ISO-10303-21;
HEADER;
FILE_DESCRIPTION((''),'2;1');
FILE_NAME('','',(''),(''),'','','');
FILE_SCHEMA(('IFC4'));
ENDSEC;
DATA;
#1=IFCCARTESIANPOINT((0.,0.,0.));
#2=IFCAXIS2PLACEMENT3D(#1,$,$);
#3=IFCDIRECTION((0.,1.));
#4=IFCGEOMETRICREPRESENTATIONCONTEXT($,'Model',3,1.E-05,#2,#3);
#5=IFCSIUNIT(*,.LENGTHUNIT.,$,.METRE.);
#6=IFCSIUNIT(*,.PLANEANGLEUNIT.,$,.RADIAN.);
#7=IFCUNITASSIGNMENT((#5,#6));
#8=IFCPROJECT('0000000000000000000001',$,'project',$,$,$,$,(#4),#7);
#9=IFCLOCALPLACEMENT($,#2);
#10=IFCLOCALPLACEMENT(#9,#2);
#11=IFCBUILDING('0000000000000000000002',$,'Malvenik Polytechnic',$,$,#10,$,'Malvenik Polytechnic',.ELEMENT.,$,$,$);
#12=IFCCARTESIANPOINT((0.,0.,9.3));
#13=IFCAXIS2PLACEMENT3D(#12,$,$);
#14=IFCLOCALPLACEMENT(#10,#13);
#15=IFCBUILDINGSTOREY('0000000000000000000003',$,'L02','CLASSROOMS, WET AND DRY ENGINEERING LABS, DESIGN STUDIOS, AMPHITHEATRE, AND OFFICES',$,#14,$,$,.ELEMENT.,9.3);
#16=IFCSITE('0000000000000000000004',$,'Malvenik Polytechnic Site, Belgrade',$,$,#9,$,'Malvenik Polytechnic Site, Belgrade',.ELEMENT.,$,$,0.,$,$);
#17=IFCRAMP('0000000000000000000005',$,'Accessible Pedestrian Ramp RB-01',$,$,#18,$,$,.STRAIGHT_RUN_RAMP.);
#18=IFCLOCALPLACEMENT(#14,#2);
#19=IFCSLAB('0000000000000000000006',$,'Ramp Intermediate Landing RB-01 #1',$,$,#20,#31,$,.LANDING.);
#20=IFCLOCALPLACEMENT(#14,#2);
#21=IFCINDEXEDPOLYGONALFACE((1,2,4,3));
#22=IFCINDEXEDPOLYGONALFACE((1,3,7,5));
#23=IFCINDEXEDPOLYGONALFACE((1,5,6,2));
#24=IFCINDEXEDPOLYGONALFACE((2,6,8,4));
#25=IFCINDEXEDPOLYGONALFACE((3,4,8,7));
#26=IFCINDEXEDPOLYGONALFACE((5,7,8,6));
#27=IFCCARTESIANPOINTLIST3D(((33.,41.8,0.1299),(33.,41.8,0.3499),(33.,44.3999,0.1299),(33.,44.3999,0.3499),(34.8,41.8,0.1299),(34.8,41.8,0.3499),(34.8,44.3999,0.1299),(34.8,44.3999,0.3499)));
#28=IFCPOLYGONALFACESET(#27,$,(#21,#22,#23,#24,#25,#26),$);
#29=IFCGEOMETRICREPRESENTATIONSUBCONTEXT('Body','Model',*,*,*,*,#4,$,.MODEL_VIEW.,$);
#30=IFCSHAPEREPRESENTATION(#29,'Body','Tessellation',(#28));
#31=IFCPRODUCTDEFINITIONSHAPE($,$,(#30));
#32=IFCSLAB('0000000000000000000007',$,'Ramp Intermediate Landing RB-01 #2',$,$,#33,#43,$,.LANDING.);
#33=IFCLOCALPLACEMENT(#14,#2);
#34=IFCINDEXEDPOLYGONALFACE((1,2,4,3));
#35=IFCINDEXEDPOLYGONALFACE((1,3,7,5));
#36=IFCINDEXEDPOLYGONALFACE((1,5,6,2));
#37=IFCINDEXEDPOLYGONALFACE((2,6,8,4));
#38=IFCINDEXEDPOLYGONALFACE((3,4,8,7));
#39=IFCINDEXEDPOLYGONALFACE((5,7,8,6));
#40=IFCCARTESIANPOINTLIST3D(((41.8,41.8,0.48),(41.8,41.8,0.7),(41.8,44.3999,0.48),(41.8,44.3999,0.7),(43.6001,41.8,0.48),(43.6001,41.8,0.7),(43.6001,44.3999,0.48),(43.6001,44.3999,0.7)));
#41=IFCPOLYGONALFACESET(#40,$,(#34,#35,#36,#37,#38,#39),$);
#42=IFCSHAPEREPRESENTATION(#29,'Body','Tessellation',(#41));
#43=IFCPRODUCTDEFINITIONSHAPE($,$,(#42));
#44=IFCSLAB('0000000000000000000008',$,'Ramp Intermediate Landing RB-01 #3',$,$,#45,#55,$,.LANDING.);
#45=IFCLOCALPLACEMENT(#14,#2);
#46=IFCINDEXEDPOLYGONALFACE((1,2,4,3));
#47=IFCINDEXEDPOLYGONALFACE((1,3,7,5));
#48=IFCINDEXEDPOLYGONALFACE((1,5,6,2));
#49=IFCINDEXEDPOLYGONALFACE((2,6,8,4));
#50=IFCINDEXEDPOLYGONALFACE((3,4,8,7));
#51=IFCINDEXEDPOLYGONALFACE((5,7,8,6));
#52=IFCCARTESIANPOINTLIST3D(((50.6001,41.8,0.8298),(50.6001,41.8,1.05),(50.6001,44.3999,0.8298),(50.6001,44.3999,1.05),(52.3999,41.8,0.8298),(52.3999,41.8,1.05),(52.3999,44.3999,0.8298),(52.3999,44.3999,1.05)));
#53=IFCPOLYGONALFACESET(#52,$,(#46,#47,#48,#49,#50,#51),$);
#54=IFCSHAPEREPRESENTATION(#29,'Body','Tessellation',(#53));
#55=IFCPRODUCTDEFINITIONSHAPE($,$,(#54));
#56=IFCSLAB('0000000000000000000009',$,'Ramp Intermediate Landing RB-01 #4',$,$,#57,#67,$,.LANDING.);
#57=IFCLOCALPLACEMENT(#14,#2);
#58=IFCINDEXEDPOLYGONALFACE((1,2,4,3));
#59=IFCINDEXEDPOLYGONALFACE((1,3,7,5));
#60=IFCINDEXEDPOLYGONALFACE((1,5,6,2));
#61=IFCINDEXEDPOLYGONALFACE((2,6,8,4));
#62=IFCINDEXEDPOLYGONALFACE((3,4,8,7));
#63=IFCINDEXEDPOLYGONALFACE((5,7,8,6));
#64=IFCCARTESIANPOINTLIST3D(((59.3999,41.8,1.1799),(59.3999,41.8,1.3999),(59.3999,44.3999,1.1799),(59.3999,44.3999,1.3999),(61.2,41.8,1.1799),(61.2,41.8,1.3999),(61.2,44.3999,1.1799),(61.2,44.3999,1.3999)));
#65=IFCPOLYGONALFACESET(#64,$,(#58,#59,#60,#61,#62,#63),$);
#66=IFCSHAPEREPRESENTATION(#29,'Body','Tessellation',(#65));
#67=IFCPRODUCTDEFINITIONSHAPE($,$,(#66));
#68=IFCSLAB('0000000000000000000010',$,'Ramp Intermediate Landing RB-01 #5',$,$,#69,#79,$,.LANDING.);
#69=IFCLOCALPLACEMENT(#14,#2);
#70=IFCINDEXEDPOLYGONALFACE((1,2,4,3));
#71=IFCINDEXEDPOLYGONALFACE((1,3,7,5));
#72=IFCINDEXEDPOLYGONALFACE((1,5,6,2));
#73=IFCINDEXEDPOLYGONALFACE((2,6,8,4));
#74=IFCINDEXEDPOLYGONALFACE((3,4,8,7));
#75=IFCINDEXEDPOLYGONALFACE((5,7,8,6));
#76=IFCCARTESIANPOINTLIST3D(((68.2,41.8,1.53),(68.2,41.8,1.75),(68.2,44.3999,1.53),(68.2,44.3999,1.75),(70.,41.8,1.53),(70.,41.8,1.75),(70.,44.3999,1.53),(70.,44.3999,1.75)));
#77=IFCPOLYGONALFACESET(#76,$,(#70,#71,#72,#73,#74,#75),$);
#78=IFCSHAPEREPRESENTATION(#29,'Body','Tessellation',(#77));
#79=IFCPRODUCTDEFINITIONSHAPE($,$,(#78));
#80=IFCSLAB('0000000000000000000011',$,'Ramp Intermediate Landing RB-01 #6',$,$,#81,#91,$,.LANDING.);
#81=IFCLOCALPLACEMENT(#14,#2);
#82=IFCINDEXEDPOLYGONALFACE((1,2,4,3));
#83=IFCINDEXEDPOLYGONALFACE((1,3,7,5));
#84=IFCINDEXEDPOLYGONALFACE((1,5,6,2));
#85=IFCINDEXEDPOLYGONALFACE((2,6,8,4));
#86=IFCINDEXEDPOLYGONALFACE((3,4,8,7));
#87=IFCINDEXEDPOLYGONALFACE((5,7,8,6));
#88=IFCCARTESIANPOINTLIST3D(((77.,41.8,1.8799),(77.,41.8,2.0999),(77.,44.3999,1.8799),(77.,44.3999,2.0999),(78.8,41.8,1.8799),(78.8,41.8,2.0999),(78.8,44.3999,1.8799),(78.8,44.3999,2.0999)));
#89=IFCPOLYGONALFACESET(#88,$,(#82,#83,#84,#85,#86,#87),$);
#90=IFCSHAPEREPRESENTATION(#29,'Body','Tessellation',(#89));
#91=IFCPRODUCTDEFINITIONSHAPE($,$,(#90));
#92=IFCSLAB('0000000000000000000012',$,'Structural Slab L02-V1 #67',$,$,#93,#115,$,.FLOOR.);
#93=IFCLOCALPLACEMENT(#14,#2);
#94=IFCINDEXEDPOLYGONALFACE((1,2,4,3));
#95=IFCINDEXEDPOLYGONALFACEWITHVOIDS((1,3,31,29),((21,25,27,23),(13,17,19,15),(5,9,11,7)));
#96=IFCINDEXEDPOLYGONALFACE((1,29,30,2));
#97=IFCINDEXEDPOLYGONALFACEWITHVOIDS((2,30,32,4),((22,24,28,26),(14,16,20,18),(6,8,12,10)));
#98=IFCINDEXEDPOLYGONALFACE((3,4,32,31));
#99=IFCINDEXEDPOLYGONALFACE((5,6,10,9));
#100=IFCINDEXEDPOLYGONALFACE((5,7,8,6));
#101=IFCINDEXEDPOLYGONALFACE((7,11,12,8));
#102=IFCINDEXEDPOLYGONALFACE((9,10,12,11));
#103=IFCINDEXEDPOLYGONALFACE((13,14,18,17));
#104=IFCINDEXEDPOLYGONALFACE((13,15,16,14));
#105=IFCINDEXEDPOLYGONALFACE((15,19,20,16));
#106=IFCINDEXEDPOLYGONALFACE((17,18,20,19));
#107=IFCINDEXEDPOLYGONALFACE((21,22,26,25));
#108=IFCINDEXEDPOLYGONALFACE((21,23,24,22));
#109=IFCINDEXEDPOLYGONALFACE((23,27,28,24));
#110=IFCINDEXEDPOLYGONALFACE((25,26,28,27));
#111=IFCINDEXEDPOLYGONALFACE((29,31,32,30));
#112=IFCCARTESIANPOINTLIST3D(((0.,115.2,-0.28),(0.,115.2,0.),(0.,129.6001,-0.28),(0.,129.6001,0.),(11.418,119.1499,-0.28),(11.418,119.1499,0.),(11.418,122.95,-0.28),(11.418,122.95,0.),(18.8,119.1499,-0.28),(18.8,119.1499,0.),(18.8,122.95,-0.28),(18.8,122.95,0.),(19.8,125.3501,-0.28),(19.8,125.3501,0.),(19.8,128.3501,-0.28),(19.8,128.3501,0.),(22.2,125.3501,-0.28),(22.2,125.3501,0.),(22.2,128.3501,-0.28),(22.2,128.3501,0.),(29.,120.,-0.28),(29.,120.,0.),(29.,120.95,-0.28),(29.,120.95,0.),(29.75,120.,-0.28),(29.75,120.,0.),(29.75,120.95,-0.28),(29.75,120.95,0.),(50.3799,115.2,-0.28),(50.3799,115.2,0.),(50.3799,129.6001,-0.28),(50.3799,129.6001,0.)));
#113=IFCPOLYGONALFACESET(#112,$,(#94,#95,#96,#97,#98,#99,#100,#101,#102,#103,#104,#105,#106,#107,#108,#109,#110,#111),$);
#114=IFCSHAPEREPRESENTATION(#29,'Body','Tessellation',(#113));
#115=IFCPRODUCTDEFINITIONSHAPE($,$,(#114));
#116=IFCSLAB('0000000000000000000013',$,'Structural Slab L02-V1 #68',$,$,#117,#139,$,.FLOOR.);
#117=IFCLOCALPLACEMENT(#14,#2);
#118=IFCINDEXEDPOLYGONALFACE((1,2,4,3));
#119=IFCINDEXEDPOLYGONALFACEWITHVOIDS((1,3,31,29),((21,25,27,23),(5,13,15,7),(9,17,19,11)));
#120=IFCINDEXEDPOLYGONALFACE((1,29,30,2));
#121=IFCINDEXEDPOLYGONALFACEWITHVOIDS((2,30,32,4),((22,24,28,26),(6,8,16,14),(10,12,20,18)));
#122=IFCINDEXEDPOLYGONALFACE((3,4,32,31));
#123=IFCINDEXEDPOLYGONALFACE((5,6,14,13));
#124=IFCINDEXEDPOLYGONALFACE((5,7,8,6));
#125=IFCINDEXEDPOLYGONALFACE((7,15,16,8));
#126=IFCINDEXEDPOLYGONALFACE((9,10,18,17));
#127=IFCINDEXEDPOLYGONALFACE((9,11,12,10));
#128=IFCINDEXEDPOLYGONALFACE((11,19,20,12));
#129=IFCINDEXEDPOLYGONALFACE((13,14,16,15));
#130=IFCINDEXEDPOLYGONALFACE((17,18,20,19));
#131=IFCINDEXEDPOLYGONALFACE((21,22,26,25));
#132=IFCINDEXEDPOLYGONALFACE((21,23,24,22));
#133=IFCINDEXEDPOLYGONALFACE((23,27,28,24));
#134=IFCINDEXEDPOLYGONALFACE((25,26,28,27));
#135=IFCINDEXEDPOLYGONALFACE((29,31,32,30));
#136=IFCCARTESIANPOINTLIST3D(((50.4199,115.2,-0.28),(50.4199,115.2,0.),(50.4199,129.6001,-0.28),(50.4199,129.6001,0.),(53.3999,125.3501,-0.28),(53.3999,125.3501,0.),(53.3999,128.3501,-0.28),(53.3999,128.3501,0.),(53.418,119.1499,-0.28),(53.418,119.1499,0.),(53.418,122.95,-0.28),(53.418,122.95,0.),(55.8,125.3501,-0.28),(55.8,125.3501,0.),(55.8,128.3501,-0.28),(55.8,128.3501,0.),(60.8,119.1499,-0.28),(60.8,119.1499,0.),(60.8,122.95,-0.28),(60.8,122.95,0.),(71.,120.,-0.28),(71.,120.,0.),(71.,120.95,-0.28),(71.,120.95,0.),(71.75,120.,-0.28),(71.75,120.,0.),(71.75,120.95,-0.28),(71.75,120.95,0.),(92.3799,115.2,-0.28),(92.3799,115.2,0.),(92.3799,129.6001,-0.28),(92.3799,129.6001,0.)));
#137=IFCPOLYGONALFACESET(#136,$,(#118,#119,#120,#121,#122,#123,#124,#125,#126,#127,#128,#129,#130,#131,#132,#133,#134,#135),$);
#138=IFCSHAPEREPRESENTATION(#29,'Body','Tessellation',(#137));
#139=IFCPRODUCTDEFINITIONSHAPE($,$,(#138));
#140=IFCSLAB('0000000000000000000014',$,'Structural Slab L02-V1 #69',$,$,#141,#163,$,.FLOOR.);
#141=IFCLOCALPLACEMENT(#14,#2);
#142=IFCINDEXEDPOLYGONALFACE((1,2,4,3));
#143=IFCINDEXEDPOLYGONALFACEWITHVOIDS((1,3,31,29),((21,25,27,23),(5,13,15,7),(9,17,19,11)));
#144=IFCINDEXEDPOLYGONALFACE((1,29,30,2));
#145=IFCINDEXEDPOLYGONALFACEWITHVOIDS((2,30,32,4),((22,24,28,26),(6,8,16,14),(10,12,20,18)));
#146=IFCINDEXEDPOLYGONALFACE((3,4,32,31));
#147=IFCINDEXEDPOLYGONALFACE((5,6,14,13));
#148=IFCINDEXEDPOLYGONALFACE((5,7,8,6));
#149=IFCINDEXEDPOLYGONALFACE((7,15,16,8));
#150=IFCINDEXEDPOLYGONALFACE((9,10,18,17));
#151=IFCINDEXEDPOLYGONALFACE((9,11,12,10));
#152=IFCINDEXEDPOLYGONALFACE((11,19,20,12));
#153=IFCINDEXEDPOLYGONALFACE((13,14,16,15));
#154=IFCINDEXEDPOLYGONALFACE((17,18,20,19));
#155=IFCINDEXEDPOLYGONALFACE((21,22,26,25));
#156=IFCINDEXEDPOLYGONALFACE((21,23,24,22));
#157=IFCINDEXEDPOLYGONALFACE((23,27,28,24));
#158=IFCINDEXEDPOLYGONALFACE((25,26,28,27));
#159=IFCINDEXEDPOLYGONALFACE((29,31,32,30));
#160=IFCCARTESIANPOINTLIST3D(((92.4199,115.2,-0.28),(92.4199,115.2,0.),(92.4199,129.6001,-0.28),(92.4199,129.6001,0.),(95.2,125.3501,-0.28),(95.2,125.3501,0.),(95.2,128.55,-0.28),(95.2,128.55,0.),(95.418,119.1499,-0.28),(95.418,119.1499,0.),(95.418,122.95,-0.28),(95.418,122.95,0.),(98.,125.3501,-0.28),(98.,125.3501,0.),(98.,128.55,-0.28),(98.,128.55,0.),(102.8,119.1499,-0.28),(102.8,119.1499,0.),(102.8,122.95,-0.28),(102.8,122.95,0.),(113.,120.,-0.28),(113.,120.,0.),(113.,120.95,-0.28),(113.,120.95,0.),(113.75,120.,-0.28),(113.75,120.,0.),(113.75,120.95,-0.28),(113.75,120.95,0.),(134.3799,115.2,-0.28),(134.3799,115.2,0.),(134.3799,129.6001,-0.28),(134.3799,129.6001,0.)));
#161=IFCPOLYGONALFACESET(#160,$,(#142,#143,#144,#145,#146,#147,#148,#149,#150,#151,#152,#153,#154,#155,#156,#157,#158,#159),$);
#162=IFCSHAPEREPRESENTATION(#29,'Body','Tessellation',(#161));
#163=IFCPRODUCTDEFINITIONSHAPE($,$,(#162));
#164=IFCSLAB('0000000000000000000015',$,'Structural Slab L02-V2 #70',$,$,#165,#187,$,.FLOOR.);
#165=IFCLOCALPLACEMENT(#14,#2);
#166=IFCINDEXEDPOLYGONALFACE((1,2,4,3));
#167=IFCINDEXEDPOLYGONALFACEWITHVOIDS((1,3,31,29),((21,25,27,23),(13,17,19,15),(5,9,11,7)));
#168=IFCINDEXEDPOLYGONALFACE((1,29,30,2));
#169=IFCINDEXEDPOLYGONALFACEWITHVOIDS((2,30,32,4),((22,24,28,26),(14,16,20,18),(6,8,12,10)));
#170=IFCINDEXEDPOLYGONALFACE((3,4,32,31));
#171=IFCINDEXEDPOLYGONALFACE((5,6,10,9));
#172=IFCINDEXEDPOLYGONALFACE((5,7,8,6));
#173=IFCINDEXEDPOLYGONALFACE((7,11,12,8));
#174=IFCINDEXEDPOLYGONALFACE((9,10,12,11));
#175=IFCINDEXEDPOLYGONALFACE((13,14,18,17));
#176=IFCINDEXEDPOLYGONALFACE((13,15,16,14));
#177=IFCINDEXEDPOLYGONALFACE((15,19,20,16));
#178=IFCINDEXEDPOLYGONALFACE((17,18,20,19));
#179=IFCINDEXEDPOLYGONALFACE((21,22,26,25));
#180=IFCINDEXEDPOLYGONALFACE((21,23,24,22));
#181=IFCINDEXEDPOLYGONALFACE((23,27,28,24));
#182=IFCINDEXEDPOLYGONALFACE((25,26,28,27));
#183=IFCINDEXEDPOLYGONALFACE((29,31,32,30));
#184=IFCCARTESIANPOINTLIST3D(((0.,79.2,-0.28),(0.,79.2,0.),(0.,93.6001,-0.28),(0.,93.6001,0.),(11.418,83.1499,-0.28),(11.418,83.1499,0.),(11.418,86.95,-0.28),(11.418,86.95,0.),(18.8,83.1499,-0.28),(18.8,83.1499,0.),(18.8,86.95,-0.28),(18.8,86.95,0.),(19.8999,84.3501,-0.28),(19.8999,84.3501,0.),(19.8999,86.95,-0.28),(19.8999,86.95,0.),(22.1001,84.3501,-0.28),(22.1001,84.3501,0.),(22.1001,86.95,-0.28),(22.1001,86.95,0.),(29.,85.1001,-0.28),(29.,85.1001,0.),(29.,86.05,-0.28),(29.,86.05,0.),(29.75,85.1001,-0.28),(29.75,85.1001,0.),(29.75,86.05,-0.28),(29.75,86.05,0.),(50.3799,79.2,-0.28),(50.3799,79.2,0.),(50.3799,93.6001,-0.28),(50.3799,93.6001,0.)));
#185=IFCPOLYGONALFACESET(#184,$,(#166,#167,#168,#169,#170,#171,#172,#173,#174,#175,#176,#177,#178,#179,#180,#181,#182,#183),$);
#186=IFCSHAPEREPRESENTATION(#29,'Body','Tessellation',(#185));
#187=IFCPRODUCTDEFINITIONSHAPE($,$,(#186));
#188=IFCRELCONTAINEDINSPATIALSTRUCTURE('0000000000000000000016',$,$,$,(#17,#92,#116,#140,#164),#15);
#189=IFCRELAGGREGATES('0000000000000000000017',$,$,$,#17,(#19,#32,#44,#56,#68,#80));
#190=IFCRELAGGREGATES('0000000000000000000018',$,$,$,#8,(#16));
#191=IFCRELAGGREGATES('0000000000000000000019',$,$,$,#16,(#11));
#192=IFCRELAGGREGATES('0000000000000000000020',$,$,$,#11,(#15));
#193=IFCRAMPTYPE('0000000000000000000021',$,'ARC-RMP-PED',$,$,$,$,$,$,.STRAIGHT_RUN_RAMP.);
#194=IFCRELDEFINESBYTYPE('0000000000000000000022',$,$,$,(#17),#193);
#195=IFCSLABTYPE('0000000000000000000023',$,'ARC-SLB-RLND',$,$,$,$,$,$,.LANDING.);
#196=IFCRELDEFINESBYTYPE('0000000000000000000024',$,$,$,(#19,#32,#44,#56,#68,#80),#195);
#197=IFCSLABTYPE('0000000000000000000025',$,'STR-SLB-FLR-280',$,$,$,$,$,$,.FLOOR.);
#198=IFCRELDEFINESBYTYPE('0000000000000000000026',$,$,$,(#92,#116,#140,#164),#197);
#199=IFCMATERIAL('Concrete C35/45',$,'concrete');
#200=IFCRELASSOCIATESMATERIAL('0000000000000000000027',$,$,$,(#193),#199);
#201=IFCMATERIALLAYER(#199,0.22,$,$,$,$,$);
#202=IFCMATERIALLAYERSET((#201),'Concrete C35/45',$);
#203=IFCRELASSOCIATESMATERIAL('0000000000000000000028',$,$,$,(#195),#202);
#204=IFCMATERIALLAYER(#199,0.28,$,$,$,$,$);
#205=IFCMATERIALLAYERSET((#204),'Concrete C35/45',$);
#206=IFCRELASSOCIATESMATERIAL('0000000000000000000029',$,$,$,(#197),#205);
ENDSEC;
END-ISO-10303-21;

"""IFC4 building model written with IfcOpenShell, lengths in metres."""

from ifc_helpers import new_model, si_unit, direction, frame, origin, place, context, subcontext, project, spatial, polyline, outline, extrude, material, layer, layer_set, type_object, element, aggregate, save


model = new_model("IFC4")

# Units and contexts
model_context = context("Model", 3, precision=1e-05, world=origin(), true_north=direction((0.0, 1.0)))
body_context = subcontext(model_context, "Body", "Model", "MODEL_VIEW")
ifc_project = project(units=[si_unit("LENGTHUNIT", "METRE"), si_unit("PLANEANGLEUNIT", "RADIAN")], contexts=[model_context])

# Site, building, storey
site_placement = place(None, origin())
site = spatial("IfcSite", under=ifc_project, at=site_placement, Name="Malvenik Polytechnic Site, Belgrade", LongName="Malvenik Polytechnic Site, Belgrade", CompositionType="ELEMENT", RefElevation=0.0)
building_placement = place(site_placement, origin())
building = spatial("IfcBuilding", under=site, at=building_placement, Name="Malvenik Polytechnic", LongName="Malvenik Polytechnic", CompositionType="ELEMENT")
storey_placement = place(building_placement, frame((0.0, 0.0, 9.3)))
storey = spatial("IfcBuildingStorey", under=building, at=storey_placement, Name="L02", Description="CLASSROOMS, WET AND DRY ENGINEERING LABS, DESIGN STUDIOS, AMPHITHEATRE, AND OFFICES", CompositionType="ELEMENT", Elevation=9.3)

# Ramp, slabs
ifc_material = material(Name="Concrete C35/45", Category="concrete")
ramp_type = type_object("IfcRampType", Name="ARC-RMP-PED", PredefinedType="STRAIGHT_RUN_RAMP", material=ifc_material)
ramp_placement = place(storey_placement, origin())
ramp = element("IfcRamp", 1, at=ramp_placement, inside=storey, type_object=ramp_type, Name="Accessible Pedestrian Ramp RB-01", PredefinedType="STRAIGHT_RUN_RAMP")
ifc_layer_1 = layer(ifc_material, 0.22)
ifc_layer_set_1 = layer_set([ifc_layer_1], Name="Concrete C35/45")
slab_type_1 = type_object("IfcSlabType", Name="ARC-SLB-RLND", PredefinedType="LANDING", material=ifc_layer_set_1)
slab_1_placement = place(storey_placement, frame((0.0, 0.0, 0.1299)))
slab_1 = element("IfcSlab", 2, at=slab_1_placement, type_object=slab_type_1, Name="Ramp Intermediate Landing RB-01 #1", PredefinedType="LANDING", context=body_context, shape_type="SweptSolid", body=[
    extrude(outline(polyline([(33.0, 41.8), (34.8, 41.8), (34.8, 44.3999), (33.0, 44.3999), (33.0, 41.8)])), origin(), (0.0, 0.0, 1.0), 0.22),
])
slab_2_placement = place(storey_placement, frame((0.0, 0.0, 0.48)))
slab_2 = element("IfcSlab", 3, at=slab_2_placement, type_object=slab_type_1, Name="Ramp Intermediate Landing RB-01 #2", PredefinedType="LANDING", context=body_context, shape_type="SweptSolid", body=[
    extrude(outline(polyline([(41.8, 41.8), (43.6001, 41.8), (43.6001, 44.3999), (41.8, 44.3999), (41.8, 41.8)])), origin(), (0.0, 0.0, 1.0), 0.22),
])
slab_3_placement = place(storey_placement, frame((0.0, 0.0, 0.8298)))
slab_3 = element("IfcSlab", 4, at=slab_3_placement, type_object=slab_type_1, Name="Ramp Intermediate Landing RB-01 #3", PredefinedType="LANDING", context=body_context, shape_type="SweptSolid", body=[
    extrude(outline(polyline([(50.6001, 41.8), (52.3999, 41.8), (52.3999, 44.3999), (50.6001, 44.3999), (50.6001, 41.8)])), origin(), (0.0, 0.0, 1.0), 0.2202),
])
slab_4_placement = place(storey_placement, frame((0.0, 0.0, 1.1799)))
slab_4 = element("IfcSlab", 5, at=slab_4_placement, type_object=slab_type_1, Name="Ramp Intermediate Landing RB-01 #4", PredefinedType="LANDING", context=body_context, shape_type="SweptSolid", body=[
    extrude(outline(polyline([(59.3999, 41.8), (61.2, 41.8), (61.2, 44.3999), (59.3999, 44.3999), (59.3999, 41.8)])), origin(), (0.0, 0.0, 1.0), 0.22),
])
slab_5_placement = place(storey_placement, frame((0.0, 0.0, 1.53)))
slab_5 = element("IfcSlab", 6, at=slab_5_placement, type_object=slab_type_1, Name="Ramp Intermediate Landing RB-01 #5", PredefinedType="LANDING", context=body_context, shape_type="SweptSolid", body=[
    extrude(outline(polyline([(68.2, 41.8), (70.0, 41.8), (70.0, 44.3999), (68.2, 44.3999), (68.2, 41.8)])), origin(), (0.0, 0.0, 1.0), 0.22),
])
slab_6_placement = place(storey_placement, frame((0.0, 0.0, 1.8799)))
slab_6 = element("IfcSlab", 7, at=slab_6_placement, type_object=slab_type_1, Name="Ramp Intermediate Landing RB-01 #6", PredefinedType="LANDING", context=body_context, shape_type="SweptSolid", body=[
    extrude(outline(polyline([(77.0, 41.8), (78.8, 41.8), (78.8, 44.3999), (77.0, 44.3999), (77.0, 41.8)])), origin(), (0.0, 0.0, 1.0), 0.22),
])
aggregate(ramp, [slab_1, slab_2, slab_3, slab_4, slab_5, slab_6])

# Slabs
ifc_layer_2 = layer(ifc_material, 0.28)
ifc_layer_set_2 = layer_set([ifc_layer_2], Name="Concrete C35/45")
slab_type_2 = type_object("IfcSlabType", Name="STR-SLB-FLR-280", PredefinedType="FLOOR", material=ifc_layer_set_2)
slab_7_placement = place(storey_placement, frame((0.0, 0.0, -0.28)))
element("IfcSlab", 8, at=slab_7_placement, inside=storey, type_object=slab_type_2, Name="Structural Slab L02-V1 #67", PredefinedType="FLOOR", context=body_context, shape_type="SweptSolid", body=[
    extrude(outline(polyline([(0.0, 129.6001), (50.3799, 129.6001), (50.3799, 115.2), (0.0, 115.2), (0.0, 129.6001)]), holes=[polyline([(29.75, 120.95), (29.0, 120.95), (29.0, 120.0), (29.75, 120.0), (29.75, 120.95)]), polyline([(18.8, 119.1499), (18.8, 122.95), (11.418, 122.95), (11.418, 119.1499), (18.8, 119.1499)]), polyline([(22.2, 128.3501), (19.8, 128.3501), (19.8, 125.3501), (22.2, 125.3501), (22.2, 128.3501)])]), origin(), (0.0, 0.0, 1.0), 0.28),
])
slab_8_placement = place(storey_placement, frame((0.0, 0.0, -0.28)))
element("IfcSlab", 9, at=slab_8_placement, inside=storey, type_object=slab_type_2, Name="Structural Slab L02-V1 #68", PredefinedType="FLOOR", context=body_context, shape_type="SweptSolid", body=[
    extrude(outline(polyline([(92.3799, 129.6001), (92.3799, 115.2), (50.4199, 115.2), (50.4199, 129.6001), (92.3799, 129.6001)]), holes=[polyline([(60.8, 122.95), (53.418, 122.95), (53.418, 119.1499), (60.8, 119.1499), (60.8, 122.95)]), polyline([(55.8, 128.3501), (53.3999, 128.3501), (53.3999, 125.3501), (55.8, 125.3501), (55.8, 128.3501)]), polyline([(71.75, 120.95), (71.0, 120.95), (71.0, 120.0), (71.75, 120.0), (71.75, 120.95)])]), origin(), (0.0, 0.0, 1.0), 0.28),
])
slab_9_placement = place(storey_placement, frame((0.0, 0.0, -0.28)))
element("IfcSlab", 10, at=slab_9_placement, inside=storey, type_object=slab_type_2, Name="Structural Slab L02-V1 #69", PredefinedType="FLOOR", context=body_context, shape_type="SweptSolid", body=[
    extrude(outline(polyline([(134.3799, 129.6001), (134.3799, 115.2), (92.4199, 115.2), (92.4199, 129.6001), (134.3799, 129.6001)]), holes=[polyline([(113.0, 120.95), (113.0, 120.0), (113.75, 120.0), (113.75, 120.95), (113.0, 120.95)]), polyline([(102.8, 119.1499), (102.8, 122.95), (95.418, 122.95), (95.418, 119.1499), (102.8, 119.1499)]), polyline([(98.0, 128.55), (95.2, 128.55), (95.2, 125.3501), (98.0, 125.3501), (98.0, 128.55)])]), origin(), (0.0, 0.0, 1.0), 0.28),
])
slab_10_placement = place(storey_placement, frame((0.0, 0.0, -0.28)))
element("IfcSlab", 11, at=slab_10_placement, inside=storey, type_object=slab_type_2, Name="Structural Slab L02-V2 #70", PredefinedType="FLOOR", context=body_context, shape_type="SweptSolid", body=[
    extrude(outline(polyline([(50.3799, 93.6001), (50.3799, 79.2), (0.0, 79.2), (0.0, 93.6001), (50.3799, 93.6001)]), holes=[polyline([(18.8, 83.1499), (18.8, 86.95), (11.418, 86.95), (11.418, 83.1499), (18.8, 83.1499)]), polyline([(29.75, 86.05), (29.0, 86.05), (29.0, 85.1001), (29.75, 85.1001), (29.75, 86.05)]), polyline([(19.8999, 86.95), (19.8999, 84.3501), (22.1001, 84.3501), (22.1001, 86.95), (19.8999, 86.95)])]), origin(), (0.0, 0.0, 1.0), 0.28),
])

save(model, "model.ifc")
